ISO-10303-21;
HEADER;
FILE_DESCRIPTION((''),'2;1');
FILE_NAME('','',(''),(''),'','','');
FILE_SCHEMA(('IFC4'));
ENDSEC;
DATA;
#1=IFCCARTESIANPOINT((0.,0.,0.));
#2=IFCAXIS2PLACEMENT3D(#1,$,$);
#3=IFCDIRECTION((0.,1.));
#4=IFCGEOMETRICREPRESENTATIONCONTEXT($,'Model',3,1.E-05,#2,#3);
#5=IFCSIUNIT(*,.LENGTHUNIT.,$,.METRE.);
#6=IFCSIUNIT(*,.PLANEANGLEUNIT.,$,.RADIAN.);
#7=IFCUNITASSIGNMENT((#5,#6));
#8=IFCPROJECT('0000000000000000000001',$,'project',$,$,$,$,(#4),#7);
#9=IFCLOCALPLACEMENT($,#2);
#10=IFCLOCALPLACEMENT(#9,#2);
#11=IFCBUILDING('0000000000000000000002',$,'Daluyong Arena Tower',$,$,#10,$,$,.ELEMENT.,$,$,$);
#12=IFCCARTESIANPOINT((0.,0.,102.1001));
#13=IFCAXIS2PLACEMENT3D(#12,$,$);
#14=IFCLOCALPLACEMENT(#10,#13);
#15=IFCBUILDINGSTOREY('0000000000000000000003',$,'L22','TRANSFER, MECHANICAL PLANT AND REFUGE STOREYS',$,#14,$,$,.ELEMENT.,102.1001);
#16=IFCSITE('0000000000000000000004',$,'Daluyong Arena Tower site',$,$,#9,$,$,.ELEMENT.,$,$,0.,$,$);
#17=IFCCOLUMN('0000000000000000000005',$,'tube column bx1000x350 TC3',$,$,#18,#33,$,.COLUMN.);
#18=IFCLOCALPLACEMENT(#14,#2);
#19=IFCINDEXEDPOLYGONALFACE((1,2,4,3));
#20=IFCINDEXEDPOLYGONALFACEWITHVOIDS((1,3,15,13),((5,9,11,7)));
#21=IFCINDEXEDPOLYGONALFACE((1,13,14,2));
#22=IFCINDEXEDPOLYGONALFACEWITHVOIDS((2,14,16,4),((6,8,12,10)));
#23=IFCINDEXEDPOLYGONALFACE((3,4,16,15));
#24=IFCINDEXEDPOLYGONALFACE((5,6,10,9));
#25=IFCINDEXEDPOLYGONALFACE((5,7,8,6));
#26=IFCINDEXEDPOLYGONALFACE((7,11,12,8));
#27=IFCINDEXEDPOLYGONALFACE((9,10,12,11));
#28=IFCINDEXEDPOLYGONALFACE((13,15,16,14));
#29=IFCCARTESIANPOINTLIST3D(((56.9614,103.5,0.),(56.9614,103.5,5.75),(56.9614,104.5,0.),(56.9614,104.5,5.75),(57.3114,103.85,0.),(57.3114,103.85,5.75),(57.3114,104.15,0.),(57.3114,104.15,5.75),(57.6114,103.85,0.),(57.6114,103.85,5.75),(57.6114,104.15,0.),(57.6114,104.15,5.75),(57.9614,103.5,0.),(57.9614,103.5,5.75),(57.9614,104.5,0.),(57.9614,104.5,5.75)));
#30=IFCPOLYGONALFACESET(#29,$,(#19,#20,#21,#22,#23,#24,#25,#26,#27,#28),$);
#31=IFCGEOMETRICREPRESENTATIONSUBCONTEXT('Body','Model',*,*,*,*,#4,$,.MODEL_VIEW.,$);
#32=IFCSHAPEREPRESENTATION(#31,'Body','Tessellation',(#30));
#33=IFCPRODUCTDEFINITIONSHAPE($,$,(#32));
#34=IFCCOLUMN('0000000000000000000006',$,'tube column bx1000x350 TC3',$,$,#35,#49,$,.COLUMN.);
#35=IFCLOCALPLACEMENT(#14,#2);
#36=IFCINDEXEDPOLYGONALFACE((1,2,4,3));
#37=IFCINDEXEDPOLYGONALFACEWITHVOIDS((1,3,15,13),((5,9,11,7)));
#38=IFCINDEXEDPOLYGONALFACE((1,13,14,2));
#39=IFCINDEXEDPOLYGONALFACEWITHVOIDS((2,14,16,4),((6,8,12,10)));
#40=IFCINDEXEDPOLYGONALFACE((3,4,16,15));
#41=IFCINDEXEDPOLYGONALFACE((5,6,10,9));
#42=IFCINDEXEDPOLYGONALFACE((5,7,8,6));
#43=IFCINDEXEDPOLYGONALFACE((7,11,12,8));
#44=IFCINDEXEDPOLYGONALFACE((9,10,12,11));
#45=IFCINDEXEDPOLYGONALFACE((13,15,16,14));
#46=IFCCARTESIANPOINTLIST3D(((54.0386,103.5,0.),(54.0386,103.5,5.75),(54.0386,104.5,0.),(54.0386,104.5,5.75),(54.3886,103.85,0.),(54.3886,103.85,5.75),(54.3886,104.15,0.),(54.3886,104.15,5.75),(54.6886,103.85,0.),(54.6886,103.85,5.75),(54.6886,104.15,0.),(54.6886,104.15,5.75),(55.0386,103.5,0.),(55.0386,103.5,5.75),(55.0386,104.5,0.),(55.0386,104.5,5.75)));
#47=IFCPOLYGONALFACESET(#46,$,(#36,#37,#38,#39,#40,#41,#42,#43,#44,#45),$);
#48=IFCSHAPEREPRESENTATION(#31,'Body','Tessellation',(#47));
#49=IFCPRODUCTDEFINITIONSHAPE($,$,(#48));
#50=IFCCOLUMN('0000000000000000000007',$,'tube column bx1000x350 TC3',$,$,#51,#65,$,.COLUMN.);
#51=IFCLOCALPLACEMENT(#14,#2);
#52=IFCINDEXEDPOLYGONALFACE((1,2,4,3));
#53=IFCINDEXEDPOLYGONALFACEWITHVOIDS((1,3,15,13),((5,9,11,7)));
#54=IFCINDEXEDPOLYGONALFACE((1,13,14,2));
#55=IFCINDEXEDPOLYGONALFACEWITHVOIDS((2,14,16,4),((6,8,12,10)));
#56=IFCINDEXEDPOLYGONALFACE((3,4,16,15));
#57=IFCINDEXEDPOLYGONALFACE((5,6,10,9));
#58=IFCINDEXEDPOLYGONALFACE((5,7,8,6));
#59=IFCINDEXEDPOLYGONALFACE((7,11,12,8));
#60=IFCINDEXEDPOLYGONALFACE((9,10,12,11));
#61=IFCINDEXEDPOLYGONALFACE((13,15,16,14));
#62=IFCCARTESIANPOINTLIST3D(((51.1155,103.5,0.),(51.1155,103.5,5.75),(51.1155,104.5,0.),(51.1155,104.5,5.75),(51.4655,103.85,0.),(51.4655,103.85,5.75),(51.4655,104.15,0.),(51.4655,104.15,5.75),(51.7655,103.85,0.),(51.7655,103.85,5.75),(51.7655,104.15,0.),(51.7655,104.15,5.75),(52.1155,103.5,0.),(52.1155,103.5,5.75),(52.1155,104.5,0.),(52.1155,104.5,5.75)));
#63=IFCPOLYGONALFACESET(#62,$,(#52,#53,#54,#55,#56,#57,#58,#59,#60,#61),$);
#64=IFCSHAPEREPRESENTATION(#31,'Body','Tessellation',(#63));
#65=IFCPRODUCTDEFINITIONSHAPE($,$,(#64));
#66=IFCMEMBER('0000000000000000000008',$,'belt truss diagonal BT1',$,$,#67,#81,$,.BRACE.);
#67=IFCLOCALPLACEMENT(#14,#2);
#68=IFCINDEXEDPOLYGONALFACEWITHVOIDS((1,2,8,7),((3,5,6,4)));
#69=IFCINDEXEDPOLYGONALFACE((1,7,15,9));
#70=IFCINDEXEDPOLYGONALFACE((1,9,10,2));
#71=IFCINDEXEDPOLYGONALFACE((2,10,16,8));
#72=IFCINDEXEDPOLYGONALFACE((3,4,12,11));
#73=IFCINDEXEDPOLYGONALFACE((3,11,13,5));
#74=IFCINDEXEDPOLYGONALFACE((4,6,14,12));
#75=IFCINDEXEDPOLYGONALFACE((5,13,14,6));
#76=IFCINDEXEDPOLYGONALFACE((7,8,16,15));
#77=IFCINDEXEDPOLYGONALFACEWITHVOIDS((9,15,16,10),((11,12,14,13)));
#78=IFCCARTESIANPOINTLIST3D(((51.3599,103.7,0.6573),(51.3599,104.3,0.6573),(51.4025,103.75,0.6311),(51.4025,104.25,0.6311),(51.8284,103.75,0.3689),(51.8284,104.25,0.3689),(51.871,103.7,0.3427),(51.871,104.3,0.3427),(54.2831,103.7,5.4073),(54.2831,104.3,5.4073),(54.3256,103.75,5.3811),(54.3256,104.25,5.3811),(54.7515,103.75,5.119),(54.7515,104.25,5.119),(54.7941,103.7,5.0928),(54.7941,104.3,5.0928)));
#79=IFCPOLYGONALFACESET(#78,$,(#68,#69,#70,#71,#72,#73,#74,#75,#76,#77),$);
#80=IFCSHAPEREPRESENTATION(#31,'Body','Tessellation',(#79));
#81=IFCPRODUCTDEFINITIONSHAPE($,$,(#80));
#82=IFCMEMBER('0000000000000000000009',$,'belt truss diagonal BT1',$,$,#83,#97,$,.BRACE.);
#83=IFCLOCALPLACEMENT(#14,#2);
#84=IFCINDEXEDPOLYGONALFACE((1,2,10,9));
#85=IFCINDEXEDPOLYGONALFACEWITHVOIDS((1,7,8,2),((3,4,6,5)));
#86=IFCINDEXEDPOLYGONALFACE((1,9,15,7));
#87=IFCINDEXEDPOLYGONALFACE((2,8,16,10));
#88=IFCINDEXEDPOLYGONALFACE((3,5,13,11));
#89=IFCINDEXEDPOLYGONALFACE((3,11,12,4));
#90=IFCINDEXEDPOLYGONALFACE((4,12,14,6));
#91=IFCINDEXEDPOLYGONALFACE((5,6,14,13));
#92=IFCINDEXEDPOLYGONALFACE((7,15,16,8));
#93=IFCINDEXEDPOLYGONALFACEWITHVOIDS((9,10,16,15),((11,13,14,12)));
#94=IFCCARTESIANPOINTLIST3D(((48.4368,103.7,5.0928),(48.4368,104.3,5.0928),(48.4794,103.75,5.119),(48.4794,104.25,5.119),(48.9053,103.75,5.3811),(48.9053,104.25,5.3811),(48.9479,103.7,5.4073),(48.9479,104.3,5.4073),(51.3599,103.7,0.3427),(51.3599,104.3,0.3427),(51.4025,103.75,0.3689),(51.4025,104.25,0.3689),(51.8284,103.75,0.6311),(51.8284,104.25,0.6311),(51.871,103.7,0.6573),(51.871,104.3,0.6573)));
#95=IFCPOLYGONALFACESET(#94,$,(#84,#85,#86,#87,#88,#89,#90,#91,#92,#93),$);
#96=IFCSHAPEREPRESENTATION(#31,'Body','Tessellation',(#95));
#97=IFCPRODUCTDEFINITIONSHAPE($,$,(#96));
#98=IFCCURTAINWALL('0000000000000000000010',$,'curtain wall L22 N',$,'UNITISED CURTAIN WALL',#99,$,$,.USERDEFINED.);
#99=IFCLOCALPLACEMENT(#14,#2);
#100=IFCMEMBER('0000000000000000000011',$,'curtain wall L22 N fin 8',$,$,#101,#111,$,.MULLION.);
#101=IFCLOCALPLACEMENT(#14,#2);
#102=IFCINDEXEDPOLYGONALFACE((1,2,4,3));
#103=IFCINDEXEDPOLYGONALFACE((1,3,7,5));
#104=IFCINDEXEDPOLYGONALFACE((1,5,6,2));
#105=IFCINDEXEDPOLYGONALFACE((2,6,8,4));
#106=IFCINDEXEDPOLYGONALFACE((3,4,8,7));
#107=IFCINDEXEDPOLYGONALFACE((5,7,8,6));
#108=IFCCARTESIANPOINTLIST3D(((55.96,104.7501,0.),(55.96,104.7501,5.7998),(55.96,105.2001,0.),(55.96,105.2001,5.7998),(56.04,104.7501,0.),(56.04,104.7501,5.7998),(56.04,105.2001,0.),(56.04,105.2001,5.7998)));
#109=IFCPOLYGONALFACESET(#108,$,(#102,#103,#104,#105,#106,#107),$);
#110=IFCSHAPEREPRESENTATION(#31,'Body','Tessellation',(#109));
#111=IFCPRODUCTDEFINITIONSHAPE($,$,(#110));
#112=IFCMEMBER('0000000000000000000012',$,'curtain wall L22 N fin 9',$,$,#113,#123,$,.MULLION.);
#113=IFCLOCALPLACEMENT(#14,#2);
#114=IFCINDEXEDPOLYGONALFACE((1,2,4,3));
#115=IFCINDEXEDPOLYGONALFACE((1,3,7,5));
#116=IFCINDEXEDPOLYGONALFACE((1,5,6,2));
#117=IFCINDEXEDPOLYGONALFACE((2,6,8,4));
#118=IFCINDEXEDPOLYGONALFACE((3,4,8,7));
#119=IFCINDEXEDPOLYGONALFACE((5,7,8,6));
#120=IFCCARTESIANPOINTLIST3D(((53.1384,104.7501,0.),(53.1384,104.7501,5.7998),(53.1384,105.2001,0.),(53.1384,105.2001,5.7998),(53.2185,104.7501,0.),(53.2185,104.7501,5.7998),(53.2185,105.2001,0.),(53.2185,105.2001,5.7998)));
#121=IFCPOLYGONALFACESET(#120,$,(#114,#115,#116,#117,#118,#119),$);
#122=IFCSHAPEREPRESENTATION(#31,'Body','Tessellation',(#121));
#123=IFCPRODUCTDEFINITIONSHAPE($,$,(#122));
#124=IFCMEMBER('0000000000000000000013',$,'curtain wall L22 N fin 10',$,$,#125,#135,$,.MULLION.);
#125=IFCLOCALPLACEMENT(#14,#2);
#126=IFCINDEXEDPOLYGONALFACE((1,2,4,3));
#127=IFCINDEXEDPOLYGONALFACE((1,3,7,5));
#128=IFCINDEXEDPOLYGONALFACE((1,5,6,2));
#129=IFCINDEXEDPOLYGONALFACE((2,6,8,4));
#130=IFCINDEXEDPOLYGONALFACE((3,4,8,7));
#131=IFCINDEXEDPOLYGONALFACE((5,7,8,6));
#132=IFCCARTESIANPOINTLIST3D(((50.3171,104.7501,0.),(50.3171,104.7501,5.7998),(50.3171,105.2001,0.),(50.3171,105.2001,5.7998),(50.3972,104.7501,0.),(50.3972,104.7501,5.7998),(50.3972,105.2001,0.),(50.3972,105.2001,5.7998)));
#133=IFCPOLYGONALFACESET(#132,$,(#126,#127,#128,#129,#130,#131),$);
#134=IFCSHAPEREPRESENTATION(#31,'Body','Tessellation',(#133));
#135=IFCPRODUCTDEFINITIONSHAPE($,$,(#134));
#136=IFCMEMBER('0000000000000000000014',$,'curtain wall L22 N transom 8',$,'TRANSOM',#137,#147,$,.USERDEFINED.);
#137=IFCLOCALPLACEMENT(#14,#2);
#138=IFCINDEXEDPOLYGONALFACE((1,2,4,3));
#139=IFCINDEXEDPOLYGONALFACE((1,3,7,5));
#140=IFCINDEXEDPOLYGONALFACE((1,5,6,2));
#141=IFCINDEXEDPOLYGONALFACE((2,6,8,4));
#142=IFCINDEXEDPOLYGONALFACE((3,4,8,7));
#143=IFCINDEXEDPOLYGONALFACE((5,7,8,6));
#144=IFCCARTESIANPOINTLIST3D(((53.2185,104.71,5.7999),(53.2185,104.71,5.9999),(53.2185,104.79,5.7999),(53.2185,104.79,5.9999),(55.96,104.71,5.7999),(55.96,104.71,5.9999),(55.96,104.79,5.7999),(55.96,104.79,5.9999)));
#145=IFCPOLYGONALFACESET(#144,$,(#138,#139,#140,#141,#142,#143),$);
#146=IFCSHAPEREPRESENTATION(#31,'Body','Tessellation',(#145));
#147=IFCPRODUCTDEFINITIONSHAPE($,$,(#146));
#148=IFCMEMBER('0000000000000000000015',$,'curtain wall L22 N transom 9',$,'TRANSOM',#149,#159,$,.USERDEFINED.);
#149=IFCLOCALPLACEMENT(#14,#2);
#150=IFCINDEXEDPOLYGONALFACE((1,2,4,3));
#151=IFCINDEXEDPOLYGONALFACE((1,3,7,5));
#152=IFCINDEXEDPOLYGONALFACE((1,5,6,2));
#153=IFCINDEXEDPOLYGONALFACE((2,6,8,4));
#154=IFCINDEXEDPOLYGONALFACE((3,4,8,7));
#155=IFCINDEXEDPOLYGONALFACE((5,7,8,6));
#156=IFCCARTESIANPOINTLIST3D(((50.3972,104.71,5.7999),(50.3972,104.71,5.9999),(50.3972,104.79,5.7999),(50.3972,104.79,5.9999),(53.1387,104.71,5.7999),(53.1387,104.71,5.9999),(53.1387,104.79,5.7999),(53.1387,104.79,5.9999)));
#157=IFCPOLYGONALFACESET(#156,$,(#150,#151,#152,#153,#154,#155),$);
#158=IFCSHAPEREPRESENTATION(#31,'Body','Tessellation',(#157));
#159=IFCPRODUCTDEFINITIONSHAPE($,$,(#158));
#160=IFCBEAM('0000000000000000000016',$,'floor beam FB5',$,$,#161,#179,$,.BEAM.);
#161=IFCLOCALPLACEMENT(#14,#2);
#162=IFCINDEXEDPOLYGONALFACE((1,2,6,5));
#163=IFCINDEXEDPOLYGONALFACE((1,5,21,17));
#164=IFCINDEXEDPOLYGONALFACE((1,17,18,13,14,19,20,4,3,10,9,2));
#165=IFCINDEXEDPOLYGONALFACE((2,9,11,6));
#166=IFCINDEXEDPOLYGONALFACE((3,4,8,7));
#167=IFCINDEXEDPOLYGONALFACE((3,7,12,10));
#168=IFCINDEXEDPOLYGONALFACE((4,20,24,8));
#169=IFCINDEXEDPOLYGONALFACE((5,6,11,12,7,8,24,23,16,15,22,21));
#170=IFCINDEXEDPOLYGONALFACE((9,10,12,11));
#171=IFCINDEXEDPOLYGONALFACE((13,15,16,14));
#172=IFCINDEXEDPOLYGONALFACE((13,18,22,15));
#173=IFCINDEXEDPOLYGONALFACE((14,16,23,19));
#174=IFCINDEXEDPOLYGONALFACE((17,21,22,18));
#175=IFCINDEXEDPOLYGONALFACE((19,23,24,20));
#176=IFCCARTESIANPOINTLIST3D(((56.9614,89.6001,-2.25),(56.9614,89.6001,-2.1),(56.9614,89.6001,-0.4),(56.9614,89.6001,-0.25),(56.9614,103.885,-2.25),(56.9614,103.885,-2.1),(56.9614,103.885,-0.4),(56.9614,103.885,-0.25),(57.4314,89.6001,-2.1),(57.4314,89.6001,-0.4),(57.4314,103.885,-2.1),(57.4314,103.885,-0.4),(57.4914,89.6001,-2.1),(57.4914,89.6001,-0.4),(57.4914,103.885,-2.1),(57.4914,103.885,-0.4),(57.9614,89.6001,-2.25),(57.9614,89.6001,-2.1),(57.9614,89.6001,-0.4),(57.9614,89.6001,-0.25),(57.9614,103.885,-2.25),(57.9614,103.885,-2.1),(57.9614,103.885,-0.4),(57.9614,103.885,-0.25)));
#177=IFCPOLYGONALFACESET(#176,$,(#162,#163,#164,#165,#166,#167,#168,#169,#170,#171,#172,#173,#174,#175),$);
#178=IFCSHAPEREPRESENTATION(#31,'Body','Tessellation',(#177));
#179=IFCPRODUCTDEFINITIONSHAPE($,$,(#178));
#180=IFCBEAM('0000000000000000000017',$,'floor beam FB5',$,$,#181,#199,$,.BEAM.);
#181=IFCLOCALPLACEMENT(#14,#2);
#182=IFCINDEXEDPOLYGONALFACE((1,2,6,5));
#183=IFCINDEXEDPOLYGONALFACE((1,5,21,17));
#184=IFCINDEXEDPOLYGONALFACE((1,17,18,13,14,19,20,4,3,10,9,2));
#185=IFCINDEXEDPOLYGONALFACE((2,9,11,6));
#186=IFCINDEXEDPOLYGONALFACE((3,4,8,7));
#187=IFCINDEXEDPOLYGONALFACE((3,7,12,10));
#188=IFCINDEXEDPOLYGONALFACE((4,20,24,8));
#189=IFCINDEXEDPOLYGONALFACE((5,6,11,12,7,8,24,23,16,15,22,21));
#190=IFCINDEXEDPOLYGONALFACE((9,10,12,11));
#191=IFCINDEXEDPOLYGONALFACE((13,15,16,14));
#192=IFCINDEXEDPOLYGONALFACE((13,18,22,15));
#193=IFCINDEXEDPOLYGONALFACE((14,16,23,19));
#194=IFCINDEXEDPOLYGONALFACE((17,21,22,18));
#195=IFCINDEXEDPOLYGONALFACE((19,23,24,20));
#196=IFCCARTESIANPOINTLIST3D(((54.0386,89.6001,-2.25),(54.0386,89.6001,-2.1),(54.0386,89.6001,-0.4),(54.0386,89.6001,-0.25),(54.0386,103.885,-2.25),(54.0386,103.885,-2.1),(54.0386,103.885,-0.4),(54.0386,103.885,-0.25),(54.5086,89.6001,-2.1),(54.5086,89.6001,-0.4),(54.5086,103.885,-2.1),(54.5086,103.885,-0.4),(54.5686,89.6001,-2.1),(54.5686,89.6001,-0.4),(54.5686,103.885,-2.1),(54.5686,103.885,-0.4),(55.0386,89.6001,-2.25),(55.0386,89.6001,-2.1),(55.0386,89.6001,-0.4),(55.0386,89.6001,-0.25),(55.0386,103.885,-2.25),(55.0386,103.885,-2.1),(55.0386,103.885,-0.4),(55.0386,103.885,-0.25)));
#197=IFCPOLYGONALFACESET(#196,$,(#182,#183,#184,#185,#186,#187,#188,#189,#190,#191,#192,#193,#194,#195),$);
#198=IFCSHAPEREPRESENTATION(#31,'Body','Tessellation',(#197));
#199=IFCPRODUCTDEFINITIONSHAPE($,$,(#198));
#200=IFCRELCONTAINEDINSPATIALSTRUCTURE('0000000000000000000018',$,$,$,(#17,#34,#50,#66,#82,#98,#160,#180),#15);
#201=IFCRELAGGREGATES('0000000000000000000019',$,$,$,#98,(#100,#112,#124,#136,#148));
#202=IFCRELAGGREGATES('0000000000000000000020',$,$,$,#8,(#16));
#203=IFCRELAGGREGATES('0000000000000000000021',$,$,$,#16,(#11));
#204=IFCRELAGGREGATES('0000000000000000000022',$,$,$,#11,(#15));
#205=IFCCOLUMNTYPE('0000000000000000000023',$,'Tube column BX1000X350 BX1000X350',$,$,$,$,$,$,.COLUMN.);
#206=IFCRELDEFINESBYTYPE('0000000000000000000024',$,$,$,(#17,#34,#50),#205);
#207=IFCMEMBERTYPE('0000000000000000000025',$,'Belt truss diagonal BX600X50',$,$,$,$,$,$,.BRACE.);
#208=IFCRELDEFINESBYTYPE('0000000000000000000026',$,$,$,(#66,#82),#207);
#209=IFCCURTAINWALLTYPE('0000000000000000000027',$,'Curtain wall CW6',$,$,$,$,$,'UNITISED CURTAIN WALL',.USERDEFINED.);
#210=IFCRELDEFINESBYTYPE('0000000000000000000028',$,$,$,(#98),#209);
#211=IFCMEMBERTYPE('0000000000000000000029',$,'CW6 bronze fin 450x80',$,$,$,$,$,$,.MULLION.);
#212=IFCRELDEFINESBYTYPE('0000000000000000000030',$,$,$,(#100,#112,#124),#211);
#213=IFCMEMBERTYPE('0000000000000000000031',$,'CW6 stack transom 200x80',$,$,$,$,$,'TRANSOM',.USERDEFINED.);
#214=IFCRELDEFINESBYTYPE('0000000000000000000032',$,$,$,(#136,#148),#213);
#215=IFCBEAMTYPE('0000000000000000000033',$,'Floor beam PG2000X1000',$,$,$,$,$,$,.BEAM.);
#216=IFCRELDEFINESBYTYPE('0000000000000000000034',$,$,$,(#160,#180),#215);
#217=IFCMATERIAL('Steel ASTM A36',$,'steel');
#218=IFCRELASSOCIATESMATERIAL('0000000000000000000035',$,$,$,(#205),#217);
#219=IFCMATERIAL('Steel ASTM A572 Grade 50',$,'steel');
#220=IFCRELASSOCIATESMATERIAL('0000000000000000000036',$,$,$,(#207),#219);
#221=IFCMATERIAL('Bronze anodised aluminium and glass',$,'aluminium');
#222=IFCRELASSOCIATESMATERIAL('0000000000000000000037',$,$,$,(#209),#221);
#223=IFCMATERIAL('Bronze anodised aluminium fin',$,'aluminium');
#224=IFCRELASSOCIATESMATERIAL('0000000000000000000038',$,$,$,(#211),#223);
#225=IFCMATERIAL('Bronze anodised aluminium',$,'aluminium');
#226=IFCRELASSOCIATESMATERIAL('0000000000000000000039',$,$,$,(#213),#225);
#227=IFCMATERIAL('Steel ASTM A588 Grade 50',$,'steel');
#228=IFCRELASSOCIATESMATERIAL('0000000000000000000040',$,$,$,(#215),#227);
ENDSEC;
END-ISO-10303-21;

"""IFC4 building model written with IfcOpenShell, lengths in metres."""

from ifc_helpers import new_model, si_unit, direction, frame, origin, origin_2d, place, context, subcontext, project, spatial, rectangle, hollow_rectangle, i_section, extrude, material, material_profile, profile_set, type_object, element, aggregate, save


model = new_model("IFC4")

# Units and contexts
model_context = context("Model", 3, precision=1e-05, world=origin(), true_north=direction((0.0, 1.0)))
body_context = subcontext(model_context, "Body", "Model", "MODEL_VIEW")
ifc_project = project(units=[si_unit("LENGTHUNIT", "METRE"), si_unit("PLANEANGLEUNIT", "RADIAN")], contexts=[model_context])

# Site, building, storey
site_placement = place(None, origin())
site = spatial("IfcSite", under=ifc_project, at=site_placement, Name="Daluyong Arena Tower site", CompositionType="ELEMENT", RefElevation=0.0)
building_placement = place(site_placement, origin())
building = spatial("IfcBuilding", under=site, at=building_placement, Name="Daluyong Arena Tower", CompositionType="ELEMENT")
storey_placement = place(building_placement, frame((0.0, 0.0, 102.1001)))
storey = spatial("IfcBuildingStorey", under=building, at=storey_placement, Name="L22", Description="TRANSFER, MECHANICAL PLANT AND REFUGE STOREYS", CompositionType="ELEMENT", Elevation=102.1001)

# Columns
ifc_material_1 = material(Name="Steel ASTM A36", Category="steel")
ifc_material_profile_1 = material_profile(ifc_material_1, hollow_rectangle(XDim=1.0, YDim=1.0, WallThickness=0.35, at=origin_2d()))
ifc_profile_set_1 = profile_set([ifc_material_profile_1], Name="Steel ASTM A36")
column_type = type_object("IfcColumnType", Name="Tube column BX1000X350 BX1000X350", PredefinedType="COLUMN", material=ifc_profile_set_1)
for number, where, z_axis, x_axis, name in (
    (1, (57.4614, 104.0, 0.0), (0.0, 0.0, 1.0), (1.0, 0.0, 0.0), "tube column bx1000x350 TC3"),
    (2, (54.5386, 104.0, 0.0), (0.0, 0.0, 1.0), (1.0, 0.0, 0.0), "tube column bx1000x350 TC3"),
    (3, (51.6155, 104.0, 0.0), (0.0, 0.0, 1.0), (1.0, 0.0, 0.0), "tube column bx1000x350 TC3"),
):
    element("IfcColumn", number, at=place(storey_placement, frame(where, z_axis=z_axis, x_axis=x_axis)), inside=storey, type_object=column_type, Name=name, PredefinedType="COLUMN", context=body_context, shape_type="SweptSolid", body=[
        extrude(hollow_rectangle(XDim=1.0, YDim=1.0, WallThickness=0.35, at=origin_2d()), origin(), (0.0, 0.0, 1.0), 5.75),
    ])

# Members
ifc_material_2 = material(Name="Steel ASTM A572 Grade 50", Category="steel")
ifc_material_profile_2 = material_profile(ifc_material_2, hollow_rectangle(XDim=0.6001, YDim=0.6001, WallThickness=0.05, at=origin_2d()))
ifc_profile_set_2 = profile_set([ifc_material_profile_2], Name="Steel ASTM A572 Grade 50")
member_type_1 = type_object("IfcMemberType", Name="Belt truss diagonal BX600X50", PredefinedType="BRACE", material=ifc_profile_set_2)
for number, where, z_axis, x_axis, name in (
    (4, (51.6155, 104.0, 0.5), (0.5241, 0.0, 0.851657), (0.0, 1.0, 0.0), "belt truss diagonal BT1"),
    (5, (51.6155, 104.0, 0.5), (-0.5241, 0.0, 0.851657), (0.0, -1.0, 0.0), "belt truss diagonal BT1"),
):
    element("IfcMember", number, at=place(storey_placement, frame(where, z_axis=z_axis, x_axis=x_axis)), inside=storey, type_object=member_type_1, Name=name, PredefinedType="BRACE", context=body_context, shape_type="SweptSolid", body=[
        extrude(hollow_rectangle(XDim=0.6001, YDim=0.6001, WallThickness=0.05, at=origin_2d()), origin(), (0.0, 0.0, 1.0), 5.5774),
    ])

# Curtain wall, members
ifc_material_3 = material(Name="Bronze anodised aluminium and glass", Category="aluminium")
curtain_wall_type = type_object("IfcCurtainWallType", Name="Curtain wall CW6", ElementType="UNITISED CURTAIN WALL", PredefinedType="USERDEFINED", material=ifc_material_3)
curtain_wall_placement = place(storey_placement, origin())
curtain_wall = element("IfcCurtainWall", 6, at=curtain_wall_placement, inside=storey, type_object=curtain_wall_type, Name="curtain wall L22 N", ObjectType="UNITISED CURTAIN WALL", PredefinedType="USERDEFINED")
ifc_material_4 = material(Name="Bronze anodised aluminium fin", Category="aluminium")
ifc_material_profile_3 = material_profile(ifc_material_4, rectangle(XDim=0.45, YDim=0.0801, at=origin_2d()))
ifc_profile_set_3 = profile_set([ifc_material_profile_3], Name="Bronze anodised aluminium fin")
member_type_2 = type_object("IfcMemberType", Name="CW6 bronze fin 450x80", PredefinedType="MULLION", material=ifc_profile_set_3)
member_1_placement = place(storey_placement, frame((56.0, 104.9751, 0.0), z_axis=(0.0, 0.0, 1.0), x_axis=(0.0, -1.0, 0.0)))
member_1 = element("IfcMember", 7, at=member_1_placement, type_object=member_type_2, Name="curtain wall L22 N fin 8", PredefinedType="MULLION", context=body_context, shape_type="SweptSolid", body=[
    extrude(rectangle(XDim=0.45, YDim=0.0801, at=origin_2d()), origin(), (0.0, 0.0, 1.0), 5.7998),
])
member_2_placement = place(storey_placement, frame((53.1785, 104.9751, 0.0), z_axis=(0.0, 0.0, 1.0), x_axis=(0.0, -1.0, 0.0)))
member_2 = element("IfcMember", 8, at=member_2_placement, type_object=member_type_2, Name="curtain wall L22 N fin 9", PredefinedType="MULLION", context=body_context, shape_type="SweptSolid", body=[
    extrude(rectangle(XDim=0.45, YDim=0.0801, at=origin_2d()), origin(), (0.0, 0.0, 1.0), 5.7998),
])
member_3_placement = place(storey_placement, frame((50.3572, 104.9751, 0.0), z_axis=(0.0, 0.0, 1.0), x_axis=(0.0, -1.0, 0.0)))
member_3 = element("IfcMember", 9, at=member_3_placement, type_object=member_type_2, Name="curtain wall L22 N fin 10", PredefinedType="MULLION", context=body_context, shape_type="SweptSolid", body=[
    extrude(rectangle(XDim=0.45, YDim=0.0801, at=origin_2d()), origin(), (0.0, 0.0, 1.0), 5.7998),
])
ifc_material_5 = material(Name="Bronze anodised aluminium", Category="aluminium")
ifc_material_profile_4 = material_profile(ifc_material_5, rectangle(XDim=0.0801, YDim=0.2, at=origin_2d()))
ifc_profile_set_4 = profile_set([ifc_material_profile_4], Name="Bronze anodised aluminium")
member_type_3 = type_object("IfcMemberType", Name="CW6 stack transom 200x80", ElementType="TRANSOM", PredefinedType="USERDEFINED", material=ifc_profile_set_4)
member_4_placement = place(storey_placement, frame((55.96, 104.75, 5.8999), z_axis=(-1.0, 0.0, 0.0), x_axis=(0.0, -1.0, 0.0)))
member_4 = element("IfcMember", 10, at=member_4_placement, type_object=member_type_3, Name="curtain wall L22 N transom 8", ObjectType="TRANSOM", PredefinedType="USERDEFINED", context=body_context, shape_type="SweptSolid", body=[
    extrude(rectangle(XDim=0.0801, YDim=0.2, at=origin_2d()), origin(), (0.0, 0.0, 1.0), 2.7415),
])
member_5_placement = place(storey_placement, frame((53.1387, 104.75, 5.8999), z_axis=(-1.0, 0.0, 0.0), x_axis=(0.0, -1.0, 0.0)))
member_5 = element("IfcMember", 11, at=member_5_placement, type_object=member_type_3, Name="curtain wall L22 N transom 9", ObjectType="TRANSOM", PredefinedType="USERDEFINED", context=body_context, shape_type="SweptSolid", body=[
    extrude(rectangle(XDim=0.0801, YDim=0.2, at=origin_2d()), origin(), (0.0, 0.0, 1.0), 2.7415),
])

# Beams
ifc_material_6 = material(Name="Steel ASTM A588 Grade 50", Category="steel")
ifc_material_profile_5 = material_profile(ifc_material_6, i_section(OverallWidth=1.0, OverallDepth=2.0, WebThickness=0.06, FlangeThickness=0.15, at=origin_2d()))
ifc_profile_set_5 = profile_set([ifc_material_profile_5], Name="Steel ASTM A588 Grade 50")
beam_type_1 = type_object("IfcBeamType", Name="Floor beam PG2000X1000", PredefinedType="BEAM", material=ifc_profile_set_5)
for number, where, z_axis, x_axis, name in (
    (12, (57.4614, 103.885, -1.25), (0.0, -1.0, 0.0), (1.0, 0.0, 0.0), "floor beam FB5"),
    (13, (54.5386, 103.885, -1.25), (0.0, -1.0, 0.0), (1.0, 0.0, 0.0), "floor beam FB5"),
):
    element("IfcBeam", number, at=place(storey_placement, frame(where, z_axis=z_axis, x_axis=x_axis)), inside=storey, type_object=beam_type_1, Name=name, PredefinedType="BEAM", context=body_context, shape_type="SweptSolid", body=[
        extrude(i_section(OverallWidth=1.0, OverallDepth=2.0, WebThickness=0.06, FlangeThickness=0.15, at=origin_2d()), origin(), (0.0, 0.0, 1.0), 14.2849),
    ])

aggregate(curtain_wall, [member_1, member_2, member_3, member_4, member_5])

save(model, "model.ifc")
